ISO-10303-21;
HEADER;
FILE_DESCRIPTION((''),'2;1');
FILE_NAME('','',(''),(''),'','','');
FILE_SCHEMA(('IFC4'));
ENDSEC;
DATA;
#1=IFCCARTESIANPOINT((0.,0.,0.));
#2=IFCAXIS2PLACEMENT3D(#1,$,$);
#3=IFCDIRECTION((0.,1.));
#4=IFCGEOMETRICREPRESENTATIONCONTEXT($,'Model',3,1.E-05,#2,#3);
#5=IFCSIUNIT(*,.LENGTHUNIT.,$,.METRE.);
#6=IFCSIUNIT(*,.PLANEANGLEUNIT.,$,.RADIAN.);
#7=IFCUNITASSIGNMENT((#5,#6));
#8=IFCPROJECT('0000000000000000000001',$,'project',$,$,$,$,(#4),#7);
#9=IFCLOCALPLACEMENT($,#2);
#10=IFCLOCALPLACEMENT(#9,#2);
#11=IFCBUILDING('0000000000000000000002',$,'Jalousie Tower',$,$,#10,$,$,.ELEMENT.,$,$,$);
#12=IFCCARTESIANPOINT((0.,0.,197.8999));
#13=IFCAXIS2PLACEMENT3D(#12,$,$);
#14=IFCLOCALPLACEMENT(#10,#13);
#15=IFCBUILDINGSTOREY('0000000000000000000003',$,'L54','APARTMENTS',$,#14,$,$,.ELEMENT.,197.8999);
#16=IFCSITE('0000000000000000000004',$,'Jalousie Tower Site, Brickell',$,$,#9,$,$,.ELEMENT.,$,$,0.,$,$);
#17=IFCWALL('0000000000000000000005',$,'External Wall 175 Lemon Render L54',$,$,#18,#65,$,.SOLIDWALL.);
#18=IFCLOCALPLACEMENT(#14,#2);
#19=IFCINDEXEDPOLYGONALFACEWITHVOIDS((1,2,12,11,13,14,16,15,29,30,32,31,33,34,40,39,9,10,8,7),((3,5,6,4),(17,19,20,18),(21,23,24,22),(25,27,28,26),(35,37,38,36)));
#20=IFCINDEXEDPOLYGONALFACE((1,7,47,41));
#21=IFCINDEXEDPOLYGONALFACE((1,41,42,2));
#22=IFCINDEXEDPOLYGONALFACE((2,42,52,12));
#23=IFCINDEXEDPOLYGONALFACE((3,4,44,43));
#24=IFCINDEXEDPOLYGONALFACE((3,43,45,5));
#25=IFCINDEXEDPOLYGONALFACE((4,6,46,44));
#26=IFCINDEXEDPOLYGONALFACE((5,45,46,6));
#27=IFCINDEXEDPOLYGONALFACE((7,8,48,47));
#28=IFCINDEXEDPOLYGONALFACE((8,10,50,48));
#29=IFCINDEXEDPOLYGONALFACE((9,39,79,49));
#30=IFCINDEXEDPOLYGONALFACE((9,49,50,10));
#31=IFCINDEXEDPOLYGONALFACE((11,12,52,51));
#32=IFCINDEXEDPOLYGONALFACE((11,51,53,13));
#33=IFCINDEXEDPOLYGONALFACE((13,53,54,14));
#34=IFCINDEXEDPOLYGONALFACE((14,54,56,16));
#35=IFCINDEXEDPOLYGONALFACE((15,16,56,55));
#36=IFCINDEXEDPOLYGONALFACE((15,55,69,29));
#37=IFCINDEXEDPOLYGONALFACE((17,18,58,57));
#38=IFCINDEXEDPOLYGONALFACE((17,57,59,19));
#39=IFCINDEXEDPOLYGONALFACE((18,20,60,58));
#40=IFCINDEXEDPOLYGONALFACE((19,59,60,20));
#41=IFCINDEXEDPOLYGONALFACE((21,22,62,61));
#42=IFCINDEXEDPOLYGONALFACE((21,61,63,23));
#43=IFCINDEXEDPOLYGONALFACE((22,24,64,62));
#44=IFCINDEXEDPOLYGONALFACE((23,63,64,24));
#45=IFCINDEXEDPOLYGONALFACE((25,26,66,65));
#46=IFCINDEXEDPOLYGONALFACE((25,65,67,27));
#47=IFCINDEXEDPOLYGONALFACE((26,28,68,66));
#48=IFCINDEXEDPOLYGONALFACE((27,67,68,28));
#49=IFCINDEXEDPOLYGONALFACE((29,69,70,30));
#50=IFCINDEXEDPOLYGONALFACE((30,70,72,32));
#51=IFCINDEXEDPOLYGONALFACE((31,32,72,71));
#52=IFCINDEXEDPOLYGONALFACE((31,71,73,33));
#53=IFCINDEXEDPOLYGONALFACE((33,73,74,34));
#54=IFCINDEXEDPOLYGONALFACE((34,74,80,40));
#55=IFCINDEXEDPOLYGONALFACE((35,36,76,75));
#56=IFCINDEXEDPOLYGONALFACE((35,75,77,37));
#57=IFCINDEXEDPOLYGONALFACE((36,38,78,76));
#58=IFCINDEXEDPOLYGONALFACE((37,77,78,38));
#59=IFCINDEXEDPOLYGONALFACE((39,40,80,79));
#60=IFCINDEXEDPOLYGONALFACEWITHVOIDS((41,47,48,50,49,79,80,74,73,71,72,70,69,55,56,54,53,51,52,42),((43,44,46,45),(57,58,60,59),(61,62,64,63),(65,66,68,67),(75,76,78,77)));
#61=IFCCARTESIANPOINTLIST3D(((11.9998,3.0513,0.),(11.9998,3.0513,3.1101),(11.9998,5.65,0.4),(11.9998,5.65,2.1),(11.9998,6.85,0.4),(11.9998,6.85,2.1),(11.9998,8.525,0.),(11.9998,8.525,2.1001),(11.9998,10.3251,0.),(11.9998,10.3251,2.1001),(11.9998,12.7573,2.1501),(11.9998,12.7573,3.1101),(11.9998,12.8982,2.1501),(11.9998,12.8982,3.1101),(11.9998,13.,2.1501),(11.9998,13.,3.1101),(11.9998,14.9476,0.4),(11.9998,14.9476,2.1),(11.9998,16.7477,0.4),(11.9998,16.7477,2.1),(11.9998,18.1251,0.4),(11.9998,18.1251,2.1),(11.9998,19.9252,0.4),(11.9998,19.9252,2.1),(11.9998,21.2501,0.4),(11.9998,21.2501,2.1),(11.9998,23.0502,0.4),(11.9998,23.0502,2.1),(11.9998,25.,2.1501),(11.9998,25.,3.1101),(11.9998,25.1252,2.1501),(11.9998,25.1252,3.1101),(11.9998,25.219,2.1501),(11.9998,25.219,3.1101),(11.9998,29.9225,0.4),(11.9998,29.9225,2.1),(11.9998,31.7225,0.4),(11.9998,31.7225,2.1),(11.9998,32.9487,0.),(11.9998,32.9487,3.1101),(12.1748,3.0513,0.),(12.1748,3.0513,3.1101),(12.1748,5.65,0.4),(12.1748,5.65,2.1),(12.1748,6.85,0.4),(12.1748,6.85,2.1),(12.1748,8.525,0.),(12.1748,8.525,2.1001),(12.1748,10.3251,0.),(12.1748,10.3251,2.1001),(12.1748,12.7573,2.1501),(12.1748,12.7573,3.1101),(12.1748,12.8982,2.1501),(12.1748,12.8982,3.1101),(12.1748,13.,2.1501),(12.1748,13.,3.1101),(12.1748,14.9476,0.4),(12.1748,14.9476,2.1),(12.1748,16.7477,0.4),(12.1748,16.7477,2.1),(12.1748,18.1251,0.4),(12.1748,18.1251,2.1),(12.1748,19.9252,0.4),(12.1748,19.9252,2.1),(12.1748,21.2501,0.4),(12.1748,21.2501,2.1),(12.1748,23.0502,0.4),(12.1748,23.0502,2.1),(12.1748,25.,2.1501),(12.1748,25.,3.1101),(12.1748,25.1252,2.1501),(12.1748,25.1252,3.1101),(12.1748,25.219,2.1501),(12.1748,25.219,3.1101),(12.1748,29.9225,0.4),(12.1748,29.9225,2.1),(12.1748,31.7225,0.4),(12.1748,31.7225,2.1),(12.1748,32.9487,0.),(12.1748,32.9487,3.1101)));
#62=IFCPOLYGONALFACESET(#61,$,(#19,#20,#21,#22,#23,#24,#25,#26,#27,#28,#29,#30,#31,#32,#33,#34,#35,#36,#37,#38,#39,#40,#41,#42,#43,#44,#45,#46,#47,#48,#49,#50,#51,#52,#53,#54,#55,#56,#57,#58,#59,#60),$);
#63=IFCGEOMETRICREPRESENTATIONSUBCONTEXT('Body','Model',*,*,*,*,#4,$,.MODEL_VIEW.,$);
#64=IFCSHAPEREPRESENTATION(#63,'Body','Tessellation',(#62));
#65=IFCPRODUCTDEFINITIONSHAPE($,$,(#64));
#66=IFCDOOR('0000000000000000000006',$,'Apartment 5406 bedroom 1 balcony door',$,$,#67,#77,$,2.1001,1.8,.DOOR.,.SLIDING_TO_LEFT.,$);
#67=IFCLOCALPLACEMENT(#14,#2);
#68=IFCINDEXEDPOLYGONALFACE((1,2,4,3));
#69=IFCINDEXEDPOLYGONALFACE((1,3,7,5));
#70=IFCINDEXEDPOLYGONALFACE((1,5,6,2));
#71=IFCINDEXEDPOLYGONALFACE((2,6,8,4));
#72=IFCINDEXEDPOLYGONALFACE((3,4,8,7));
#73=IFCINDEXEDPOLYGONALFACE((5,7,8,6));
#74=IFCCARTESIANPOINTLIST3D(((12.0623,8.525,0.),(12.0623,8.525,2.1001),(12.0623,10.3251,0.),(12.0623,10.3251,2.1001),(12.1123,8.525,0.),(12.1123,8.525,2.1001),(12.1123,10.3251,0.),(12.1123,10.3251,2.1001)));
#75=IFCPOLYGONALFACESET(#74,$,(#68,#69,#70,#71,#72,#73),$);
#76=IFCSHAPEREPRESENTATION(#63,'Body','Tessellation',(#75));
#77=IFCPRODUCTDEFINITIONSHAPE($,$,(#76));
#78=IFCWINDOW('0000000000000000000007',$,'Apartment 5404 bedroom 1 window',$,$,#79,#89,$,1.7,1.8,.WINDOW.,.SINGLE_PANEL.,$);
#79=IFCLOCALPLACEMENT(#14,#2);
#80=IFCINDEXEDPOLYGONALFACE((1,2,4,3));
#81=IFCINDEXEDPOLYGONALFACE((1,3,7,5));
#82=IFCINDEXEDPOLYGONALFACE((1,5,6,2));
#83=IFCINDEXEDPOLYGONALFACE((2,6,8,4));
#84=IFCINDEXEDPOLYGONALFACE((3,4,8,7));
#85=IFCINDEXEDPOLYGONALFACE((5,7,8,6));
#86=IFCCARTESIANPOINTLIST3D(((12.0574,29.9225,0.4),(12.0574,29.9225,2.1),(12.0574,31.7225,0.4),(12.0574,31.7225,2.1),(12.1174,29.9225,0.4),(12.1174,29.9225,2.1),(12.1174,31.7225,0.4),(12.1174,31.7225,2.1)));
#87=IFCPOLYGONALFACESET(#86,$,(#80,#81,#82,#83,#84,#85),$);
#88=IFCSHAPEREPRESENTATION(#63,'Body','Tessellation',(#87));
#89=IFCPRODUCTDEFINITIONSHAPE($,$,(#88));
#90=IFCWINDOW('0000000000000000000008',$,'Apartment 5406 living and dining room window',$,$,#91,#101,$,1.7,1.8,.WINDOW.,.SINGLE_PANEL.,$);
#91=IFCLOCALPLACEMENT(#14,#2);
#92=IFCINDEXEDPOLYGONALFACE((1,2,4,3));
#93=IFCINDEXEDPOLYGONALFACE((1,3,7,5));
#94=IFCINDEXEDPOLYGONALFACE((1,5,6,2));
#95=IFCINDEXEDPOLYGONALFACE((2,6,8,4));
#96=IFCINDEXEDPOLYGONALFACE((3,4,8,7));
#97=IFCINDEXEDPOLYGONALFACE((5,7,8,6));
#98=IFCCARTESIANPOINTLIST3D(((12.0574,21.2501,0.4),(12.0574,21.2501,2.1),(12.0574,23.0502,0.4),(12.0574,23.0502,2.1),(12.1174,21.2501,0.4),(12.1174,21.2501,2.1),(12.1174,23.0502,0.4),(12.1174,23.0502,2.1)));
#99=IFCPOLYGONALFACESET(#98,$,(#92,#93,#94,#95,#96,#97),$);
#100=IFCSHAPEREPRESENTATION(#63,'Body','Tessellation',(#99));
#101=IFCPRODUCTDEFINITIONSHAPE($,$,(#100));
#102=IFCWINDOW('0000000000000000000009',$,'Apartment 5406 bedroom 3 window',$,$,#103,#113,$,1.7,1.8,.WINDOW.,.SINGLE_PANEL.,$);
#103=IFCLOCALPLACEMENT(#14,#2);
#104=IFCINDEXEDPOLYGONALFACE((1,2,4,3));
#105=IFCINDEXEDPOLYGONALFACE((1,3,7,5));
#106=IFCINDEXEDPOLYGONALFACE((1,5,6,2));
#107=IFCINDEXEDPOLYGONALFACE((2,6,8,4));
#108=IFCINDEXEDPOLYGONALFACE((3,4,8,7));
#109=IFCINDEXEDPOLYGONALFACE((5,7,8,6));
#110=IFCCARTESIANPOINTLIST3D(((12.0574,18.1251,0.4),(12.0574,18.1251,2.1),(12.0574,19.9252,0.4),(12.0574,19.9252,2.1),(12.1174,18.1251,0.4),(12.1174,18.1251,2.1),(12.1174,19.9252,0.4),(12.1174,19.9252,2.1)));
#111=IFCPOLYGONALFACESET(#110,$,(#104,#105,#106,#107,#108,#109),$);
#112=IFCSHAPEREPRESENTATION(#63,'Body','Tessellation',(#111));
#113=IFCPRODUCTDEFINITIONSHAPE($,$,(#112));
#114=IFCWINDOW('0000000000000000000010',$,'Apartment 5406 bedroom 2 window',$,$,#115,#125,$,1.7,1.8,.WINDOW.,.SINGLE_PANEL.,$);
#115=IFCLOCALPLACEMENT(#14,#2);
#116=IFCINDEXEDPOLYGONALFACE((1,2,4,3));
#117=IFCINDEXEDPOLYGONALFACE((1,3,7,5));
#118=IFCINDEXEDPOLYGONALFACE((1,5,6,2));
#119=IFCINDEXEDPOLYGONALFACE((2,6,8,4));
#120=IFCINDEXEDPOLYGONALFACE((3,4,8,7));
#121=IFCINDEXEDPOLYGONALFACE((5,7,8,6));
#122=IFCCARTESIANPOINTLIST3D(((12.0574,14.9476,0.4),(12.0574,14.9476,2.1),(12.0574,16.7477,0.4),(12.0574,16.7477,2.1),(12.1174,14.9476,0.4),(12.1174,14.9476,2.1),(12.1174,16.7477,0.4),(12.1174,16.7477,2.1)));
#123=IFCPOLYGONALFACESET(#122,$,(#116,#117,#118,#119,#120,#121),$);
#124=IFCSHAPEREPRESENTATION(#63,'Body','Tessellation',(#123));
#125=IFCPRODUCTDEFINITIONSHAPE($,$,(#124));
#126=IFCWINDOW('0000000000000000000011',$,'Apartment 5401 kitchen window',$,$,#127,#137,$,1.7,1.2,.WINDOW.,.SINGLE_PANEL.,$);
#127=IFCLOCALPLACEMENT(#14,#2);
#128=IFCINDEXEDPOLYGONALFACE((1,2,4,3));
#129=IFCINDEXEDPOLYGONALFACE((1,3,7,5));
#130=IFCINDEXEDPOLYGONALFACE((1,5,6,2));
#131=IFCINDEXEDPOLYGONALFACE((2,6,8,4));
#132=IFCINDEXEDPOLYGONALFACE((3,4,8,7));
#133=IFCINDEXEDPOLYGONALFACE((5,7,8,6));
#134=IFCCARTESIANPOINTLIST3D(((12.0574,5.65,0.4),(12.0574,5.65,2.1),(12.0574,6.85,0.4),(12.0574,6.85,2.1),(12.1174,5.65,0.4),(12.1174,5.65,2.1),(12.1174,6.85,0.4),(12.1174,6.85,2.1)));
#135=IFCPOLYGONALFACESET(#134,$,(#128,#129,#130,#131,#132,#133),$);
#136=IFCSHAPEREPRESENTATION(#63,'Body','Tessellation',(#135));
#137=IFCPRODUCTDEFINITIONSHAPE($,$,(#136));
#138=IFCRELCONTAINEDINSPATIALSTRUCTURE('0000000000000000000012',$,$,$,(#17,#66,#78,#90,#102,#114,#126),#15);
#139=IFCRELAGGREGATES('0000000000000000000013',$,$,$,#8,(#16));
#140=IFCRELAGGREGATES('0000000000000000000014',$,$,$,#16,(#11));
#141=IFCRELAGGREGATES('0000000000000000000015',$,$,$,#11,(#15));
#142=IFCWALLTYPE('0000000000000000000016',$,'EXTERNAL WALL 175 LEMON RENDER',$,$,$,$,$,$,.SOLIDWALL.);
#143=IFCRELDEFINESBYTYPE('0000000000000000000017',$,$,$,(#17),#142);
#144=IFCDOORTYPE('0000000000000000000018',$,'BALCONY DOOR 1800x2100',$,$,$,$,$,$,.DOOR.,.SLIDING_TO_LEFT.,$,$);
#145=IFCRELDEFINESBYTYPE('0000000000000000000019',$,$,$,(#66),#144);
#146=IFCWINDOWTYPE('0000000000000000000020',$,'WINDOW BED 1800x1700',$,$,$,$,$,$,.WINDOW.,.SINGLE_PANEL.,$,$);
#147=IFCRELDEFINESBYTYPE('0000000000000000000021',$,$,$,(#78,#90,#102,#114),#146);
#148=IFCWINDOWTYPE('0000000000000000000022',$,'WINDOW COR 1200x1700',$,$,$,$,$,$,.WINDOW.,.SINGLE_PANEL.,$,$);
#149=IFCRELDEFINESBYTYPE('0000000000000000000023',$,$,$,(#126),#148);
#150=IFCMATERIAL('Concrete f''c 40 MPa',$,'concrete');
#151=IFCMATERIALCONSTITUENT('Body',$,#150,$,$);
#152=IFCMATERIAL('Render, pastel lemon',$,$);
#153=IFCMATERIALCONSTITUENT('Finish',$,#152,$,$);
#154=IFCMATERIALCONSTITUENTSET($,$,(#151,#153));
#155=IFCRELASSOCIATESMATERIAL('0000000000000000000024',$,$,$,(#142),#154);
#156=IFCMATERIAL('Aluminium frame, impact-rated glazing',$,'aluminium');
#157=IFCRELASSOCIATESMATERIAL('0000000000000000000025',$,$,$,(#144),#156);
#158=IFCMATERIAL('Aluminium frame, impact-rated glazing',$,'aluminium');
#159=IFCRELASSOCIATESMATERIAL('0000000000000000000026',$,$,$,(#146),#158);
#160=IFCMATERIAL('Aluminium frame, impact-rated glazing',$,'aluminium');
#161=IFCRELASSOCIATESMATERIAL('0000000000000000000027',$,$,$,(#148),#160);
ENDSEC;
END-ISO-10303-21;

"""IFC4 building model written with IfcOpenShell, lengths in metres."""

from ifc_helpers import new_model, si_unit, direction, frame, frame_2d, origin, place, context, subcontext, project, spatial, polyline, rectangle, outline, extrude, material, constituent, constituent_set, type_object, element, fill, save


model = new_model("IFC4")

# Units and contexts
model_context = context("Model", 3, precision=1e-05, world=origin(), true_north=direction((0.0, 1.0)))
body_context = subcontext(model_context, "Body", "Model", "MODEL_VIEW")
ifc_project = project(units=[si_unit("LENGTHUNIT", "METRE"), si_unit("PLANEANGLEUNIT", "RADIAN")], contexts=[model_context])

# Site, building, storey
site_placement = place(None, origin())
site = spatial("IfcSite", under=ifc_project, at=site_placement, Name="Jalousie Tower Site, Brickell", CompositionType="ELEMENT", RefElevation=0.0)
building_placement = place(site_placement, origin())
building = spatial("IfcBuilding", under=site, at=building_placement, Name="Jalousie Tower", CompositionType="ELEMENT")
storey_placement = place(building_placement, frame((0.0, 0.0, 197.8999)))
storey = spatial("IfcBuildingStorey", under=building, at=storey_placement, Name="L54", Description="APARTMENTS", CompositionType="ELEMENT", Elevation=197.8999)

# Wall, openings, door, windows
ifc_material_1 = material(Name="Concrete f'c 40 MPa", Category="concrete")
ifc_constituent_1 = constituent(ifc_material_1, Name="Body")
ifc_material_2 = material(Name="Render, pastel lemon")
ifc_constituent_2 = constituent(ifc_material_2, Name="Finish")
ifc_constituent_set_1 = constituent_set(constituents=[ifc_constituent_1, ifc_constituent_2])
wall_type_1 = type_object("IfcWallType", Name="EXTERNAL WALL 175 LEMON RENDER", PredefinedType="SOLIDWALL", material=ifc_constituent_set_1)
wall_1_placement = place(storey_placement, frame((12.0874, 32.9487, 0.0), z_axis=(0.0, 0.0, 1.0), x_axis=(0.0, -1.0, 0.0)))
wall_1 = element("IfcWall", 1, at=wall_1_placement, inside=storey, type_object=wall_type_1, Name="External Wall 175 Lemon Render L54", PredefinedType="SOLIDWALL", context=body_context, shape_type="SweptSolid", body=[
    extrude(outline(polyline([(0.0, 0.0), (29.8975, 0.0), (29.8975, 3.1101), (20.1914, 3.1101), (20.1914, 2.1501), (20.0505, 2.1501), (20.0505, 3.1101), (19.9487, 3.1101), (19.9487, 2.1501), (7.9487, 2.1501), (7.9487, 3.1101), (7.8235, 3.1101), (7.8235, 2.1501), (7.7297, 2.1501), (7.7297, 3.1101), (0.0, 3.1101), (0.0, 0.0)])), frame((0.0, 0.0874, 0.0), z_axis=(0.0, -1.0, 0.0), x_axis=(1.0, 0.0, 0.0)), (0.0, 0.0, 1.0), 0.175),
])
opening_1_placement = place(wall_1_placement, frame((1.2263, 0.0, 0.3999)))
opening_1 = element("IfcOpeningElement", 2, at=opening_1_placement, cuts=wall_1, PredefinedType="OPENING", context=body_context, shape_type="SweptSolid", body=[
    extrude(rectangle(XDim=1.8, YDim=1.7, at=frame_2d((0.8999, 0.8501))), frame((0.0, 0.0974, 0.0), z_axis=(0.0, -1.0, 0.0), x_axis=(1.0, 0.0, 0.0)), (0.0, 0.0, 1.0), 0.1951),
])
opening_2_placement = place(wall_1_placement, frame((9.8987, 0.0, 0.3999)))
opening_2 = element("IfcOpeningElement", 3, at=opening_2_placement, cuts=wall_1, PredefinedType="OPENING", context=body_context, shape_type="SweptSolid", body=[
    extrude(rectangle(XDim=1.8, YDim=1.7, at=frame_2d((0.8999, 0.8501))), frame((0.0, 0.0974, 0.0), z_axis=(0.0, -1.0, 0.0), x_axis=(1.0, 0.0, 0.0)), (0.0, 0.0, 1.0), 0.1951),
])
opening_3_placement = place(wall_1_placement, frame((13.0237, 0.0, 0.3999)))
opening_3 = element("IfcOpeningElement", 4, at=opening_3_placement, cuts=wall_1, PredefinedType="OPENING", context=body_context, shape_type="SweptSolid", body=[
    extrude(rectangle(XDim=1.8, YDim=1.7, at=frame_2d((0.8999, 0.8501))), frame((0.0, 0.0974, 0.0), z_axis=(0.0, -1.0, 0.0), x_axis=(1.0, 0.0, 0.0)), (0.0, 0.0, 1.0), 0.1951),
])
opening_4_placement = place(wall_1_placement, frame((16.2012, 0.0, 0.3999)))
opening_4 = element("IfcOpeningElement", 5, at=opening_4_placement, cuts=wall_1, PredefinedType="OPENING", context=body_context, shape_type="SweptSolid", body=[
    extrude(rectangle(XDim=1.8, YDim=1.7, at=frame_2d((0.8999, 0.8501))), frame((0.0, 0.0974, 0.0), z_axis=(0.0, -1.0, 0.0), x_axis=(1.0, 0.0, 0.0)), (0.0, 0.0, 1.0), 0.1951),
])
opening_5_placement = place(wall_1_placement, frame((22.6238, 0.0, 0.0)))
opening_5 = element("IfcOpeningElement", 6, at=opening_5_placement, cuts=wall_1, PredefinedType="OPENING", context=body_context, shape_type="SweptSolid", body=[
    extrude(rectangle(XDim=1.8, YDim=2.1001, at=frame_2d((0.8999, 1.05))), frame((0.0, 0.0974, 0.0), z_axis=(0.0, -1.0, 0.0), x_axis=(1.0, 0.0, 0.0)), (0.0, 0.0, 1.0), 0.1951),
])
opening_6_placement = place(wall_1_placement, frame((26.0986, 0.0, 0.3999)))
opening_6 = element("IfcOpeningElement", 7, at=opening_6_placement, cuts=wall_1, PredefinedType="OPENING", context=body_context, shape_type="SweptSolid", body=[
    extrude(rectangle(XDim=1.2, YDim=1.7, at=frame_2d((0.6001, 0.8501))), frame((0.0, 0.0974, 0.0), z_axis=(0.0, -1.0, 0.0), x_axis=(1.0, 0.0, 0.0)), (0.0, 0.0, 1.0), 0.1951),
])
ifc_material_3 = material(Name="Aluminium frame, impact-rated glazing", Category="aluminium")
door_type_1 = type_object("IfcDoorType", Name="BALCONY DOOR 1800x2100", OperationType="SLIDING_TO_LEFT", PredefinedType="DOOR", material=ifc_material_3)
door_1_placement = place(opening_5_placement, origin())
door_1 = element("IfcDoor", 8, at=door_1_placement, inside=storey, type_object=door_type_1, Name="Apartment 5406 bedroom 1 balcony door", OperationType="SLIDING_TO_LEFT", OverallHeight=2.1001, OverallWidth=1.8, PredefinedType="DOOR", context=body_context, shape_type="SweptSolid", body=[
    extrude(rectangle(XDim=1.8, YDim=2.1001, at=frame_2d((0.8999, 1.05))), frame((0.0, 0.0249, 0.0), z_axis=(0.0, -1.0, 0.0), x_axis=(1.0, 0.0, 0.0)), (0.0, 0.0, 1.0), 0.05),
])
fill(opening_5, door_1)
ifc_material_4 = material(Name="Aluminium frame, impact-rated glazing", Category="aluminium")
window_type_1 = type_object("IfcWindowType", Name="WINDOW BED 1800x1700", PartitioningType="SINGLE_PANEL", PredefinedType="WINDOW", material=ifc_material_4)
window_1_placement = place(opening_1_placement, origin())
window_1 = element("IfcWindow", 9, at=window_1_placement, inside=storey, type_object=window_type_1, Name="Apartment 5404 bedroom 1 window", OverallHeight=1.7, OverallWidth=1.8, PartitioningType="SINGLE_PANEL", PredefinedType="WINDOW", context=body_context, shape_type="SweptSolid", body=[
    extrude(rectangle(XDim=1.8, YDim=1.7, at=frame_2d((0.8999, 0.8501))), frame((0.0, 0.03, 0.0), z_axis=(0.0, -1.0, 0.0), x_axis=(1.0, 0.0, 0.0)), (0.0, 0.0, 1.0), 0.0601),
])
fill(opening_1, window_1)
window_2_placement = place(opening_2_placement, origin())
window_2 = element("IfcWindow", 10, at=window_2_placement, inside=storey, type_object=window_type_1, Name="Apartment 5406 living and dining room window", OverallHeight=1.7, OverallWidth=1.8, PartitioningType="SINGLE_PANEL", PredefinedType="WINDOW", context=body_context, shape_type="SweptSolid", body=[
    extrude(rectangle(XDim=1.8, YDim=1.7, at=frame_2d((0.8999, 0.8501))), frame((0.0, 0.03, 0.0), z_axis=(0.0, -1.0, 0.0), x_axis=(1.0, 0.0, 0.0)), (0.0, 0.0, 1.0), 0.0601),
])
fill(opening_2, window_2)
window_3_placement = place(opening_3_placement, origin())
window_3 = element("IfcWindow", 11, at=window_3_placement, inside=storey, type_object=window_type_1, Name="Apartment 5406 bedroom 3 window", OverallHeight=1.7, OverallWidth=1.8, PartitioningType="SINGLE_PANEL", PredefinedType="WINDOW", context=body_context, shape_type="SweptSolid", body=[
    extrude(rectangle(XDim=1.8, YDim=1.7, at=frame_2d((0.8999, 0.8501))), frame((0.0, 0.03, 0.0), z_axis=(0.0, -1.0, 0.0), x_axis=(1.0, 0.0, 0.0)), (0.0, 0.0, 1.0), 0.0601),
])
fill(opening_3, window_3)
window_4_placement = place(opening_4_placement, origin())
window_4 = element("IfcWindow", 12, at=window_4_placement, inside=storey, type_object=window_type_1, Name="Apartment 5406 bedroom 2 window", OverallHeight=1.7, OverallWidth=1.8, PartitioningType="SINGLE_PANEL", PredefinedType="WINDOW", context=body_context, shape_type="SweptSolid", body=[
    extrude(rectangle(XDim=1.8, YDim=1.7, at=frame_2d((0.8999, 0.8501))), frame((0.0, 0.03, 0.0), z_axis=(0.0, -1.0, 0.0), x_axis=(1.0, 0.0, 0.0)), (0.0, 0.0, 1.0), 0.0601),
])
fill(opening_4, window_4)
ifc_material_5 = material(Name="Aluminium frame, impact-rated glazing", Category="aluminium")
window_type_2 = type_object("IfcWindowType", Name="WINDOW COR 1200x1700", PartitioningType="SINGLE_PANEL", PredefinedType="WINDOW", material=ifc_material_5)
window_5_placement = place(opening_6_placement, origin())
window_5 = element("IfcWindow", 13, at=window_5_placement, inside=storey, type_object=window_type_2, Name="Apartment 5401 kitchen window", OverallHeight=1.7, OverallWidth=1.2, PartitioningType="SINGLE_PANEL", PredefinedType="WINDOW", context=body_context, shape_type="SweptSolid", body=[
    extrude(rectangle(XDim=1.2, YDim=1.7, at=frame_2d((0.6001, 0.8501))), frame((0.0, 0.03, 0.0), z_axis=(0.0, -1.0, 0.0), x_axis=(1.0, 0.0, 0.0)), (0.0, 0.0, 1.0), 0.0601),
])
fill(opening_6, window_5)

save(model, "model.ifc")
